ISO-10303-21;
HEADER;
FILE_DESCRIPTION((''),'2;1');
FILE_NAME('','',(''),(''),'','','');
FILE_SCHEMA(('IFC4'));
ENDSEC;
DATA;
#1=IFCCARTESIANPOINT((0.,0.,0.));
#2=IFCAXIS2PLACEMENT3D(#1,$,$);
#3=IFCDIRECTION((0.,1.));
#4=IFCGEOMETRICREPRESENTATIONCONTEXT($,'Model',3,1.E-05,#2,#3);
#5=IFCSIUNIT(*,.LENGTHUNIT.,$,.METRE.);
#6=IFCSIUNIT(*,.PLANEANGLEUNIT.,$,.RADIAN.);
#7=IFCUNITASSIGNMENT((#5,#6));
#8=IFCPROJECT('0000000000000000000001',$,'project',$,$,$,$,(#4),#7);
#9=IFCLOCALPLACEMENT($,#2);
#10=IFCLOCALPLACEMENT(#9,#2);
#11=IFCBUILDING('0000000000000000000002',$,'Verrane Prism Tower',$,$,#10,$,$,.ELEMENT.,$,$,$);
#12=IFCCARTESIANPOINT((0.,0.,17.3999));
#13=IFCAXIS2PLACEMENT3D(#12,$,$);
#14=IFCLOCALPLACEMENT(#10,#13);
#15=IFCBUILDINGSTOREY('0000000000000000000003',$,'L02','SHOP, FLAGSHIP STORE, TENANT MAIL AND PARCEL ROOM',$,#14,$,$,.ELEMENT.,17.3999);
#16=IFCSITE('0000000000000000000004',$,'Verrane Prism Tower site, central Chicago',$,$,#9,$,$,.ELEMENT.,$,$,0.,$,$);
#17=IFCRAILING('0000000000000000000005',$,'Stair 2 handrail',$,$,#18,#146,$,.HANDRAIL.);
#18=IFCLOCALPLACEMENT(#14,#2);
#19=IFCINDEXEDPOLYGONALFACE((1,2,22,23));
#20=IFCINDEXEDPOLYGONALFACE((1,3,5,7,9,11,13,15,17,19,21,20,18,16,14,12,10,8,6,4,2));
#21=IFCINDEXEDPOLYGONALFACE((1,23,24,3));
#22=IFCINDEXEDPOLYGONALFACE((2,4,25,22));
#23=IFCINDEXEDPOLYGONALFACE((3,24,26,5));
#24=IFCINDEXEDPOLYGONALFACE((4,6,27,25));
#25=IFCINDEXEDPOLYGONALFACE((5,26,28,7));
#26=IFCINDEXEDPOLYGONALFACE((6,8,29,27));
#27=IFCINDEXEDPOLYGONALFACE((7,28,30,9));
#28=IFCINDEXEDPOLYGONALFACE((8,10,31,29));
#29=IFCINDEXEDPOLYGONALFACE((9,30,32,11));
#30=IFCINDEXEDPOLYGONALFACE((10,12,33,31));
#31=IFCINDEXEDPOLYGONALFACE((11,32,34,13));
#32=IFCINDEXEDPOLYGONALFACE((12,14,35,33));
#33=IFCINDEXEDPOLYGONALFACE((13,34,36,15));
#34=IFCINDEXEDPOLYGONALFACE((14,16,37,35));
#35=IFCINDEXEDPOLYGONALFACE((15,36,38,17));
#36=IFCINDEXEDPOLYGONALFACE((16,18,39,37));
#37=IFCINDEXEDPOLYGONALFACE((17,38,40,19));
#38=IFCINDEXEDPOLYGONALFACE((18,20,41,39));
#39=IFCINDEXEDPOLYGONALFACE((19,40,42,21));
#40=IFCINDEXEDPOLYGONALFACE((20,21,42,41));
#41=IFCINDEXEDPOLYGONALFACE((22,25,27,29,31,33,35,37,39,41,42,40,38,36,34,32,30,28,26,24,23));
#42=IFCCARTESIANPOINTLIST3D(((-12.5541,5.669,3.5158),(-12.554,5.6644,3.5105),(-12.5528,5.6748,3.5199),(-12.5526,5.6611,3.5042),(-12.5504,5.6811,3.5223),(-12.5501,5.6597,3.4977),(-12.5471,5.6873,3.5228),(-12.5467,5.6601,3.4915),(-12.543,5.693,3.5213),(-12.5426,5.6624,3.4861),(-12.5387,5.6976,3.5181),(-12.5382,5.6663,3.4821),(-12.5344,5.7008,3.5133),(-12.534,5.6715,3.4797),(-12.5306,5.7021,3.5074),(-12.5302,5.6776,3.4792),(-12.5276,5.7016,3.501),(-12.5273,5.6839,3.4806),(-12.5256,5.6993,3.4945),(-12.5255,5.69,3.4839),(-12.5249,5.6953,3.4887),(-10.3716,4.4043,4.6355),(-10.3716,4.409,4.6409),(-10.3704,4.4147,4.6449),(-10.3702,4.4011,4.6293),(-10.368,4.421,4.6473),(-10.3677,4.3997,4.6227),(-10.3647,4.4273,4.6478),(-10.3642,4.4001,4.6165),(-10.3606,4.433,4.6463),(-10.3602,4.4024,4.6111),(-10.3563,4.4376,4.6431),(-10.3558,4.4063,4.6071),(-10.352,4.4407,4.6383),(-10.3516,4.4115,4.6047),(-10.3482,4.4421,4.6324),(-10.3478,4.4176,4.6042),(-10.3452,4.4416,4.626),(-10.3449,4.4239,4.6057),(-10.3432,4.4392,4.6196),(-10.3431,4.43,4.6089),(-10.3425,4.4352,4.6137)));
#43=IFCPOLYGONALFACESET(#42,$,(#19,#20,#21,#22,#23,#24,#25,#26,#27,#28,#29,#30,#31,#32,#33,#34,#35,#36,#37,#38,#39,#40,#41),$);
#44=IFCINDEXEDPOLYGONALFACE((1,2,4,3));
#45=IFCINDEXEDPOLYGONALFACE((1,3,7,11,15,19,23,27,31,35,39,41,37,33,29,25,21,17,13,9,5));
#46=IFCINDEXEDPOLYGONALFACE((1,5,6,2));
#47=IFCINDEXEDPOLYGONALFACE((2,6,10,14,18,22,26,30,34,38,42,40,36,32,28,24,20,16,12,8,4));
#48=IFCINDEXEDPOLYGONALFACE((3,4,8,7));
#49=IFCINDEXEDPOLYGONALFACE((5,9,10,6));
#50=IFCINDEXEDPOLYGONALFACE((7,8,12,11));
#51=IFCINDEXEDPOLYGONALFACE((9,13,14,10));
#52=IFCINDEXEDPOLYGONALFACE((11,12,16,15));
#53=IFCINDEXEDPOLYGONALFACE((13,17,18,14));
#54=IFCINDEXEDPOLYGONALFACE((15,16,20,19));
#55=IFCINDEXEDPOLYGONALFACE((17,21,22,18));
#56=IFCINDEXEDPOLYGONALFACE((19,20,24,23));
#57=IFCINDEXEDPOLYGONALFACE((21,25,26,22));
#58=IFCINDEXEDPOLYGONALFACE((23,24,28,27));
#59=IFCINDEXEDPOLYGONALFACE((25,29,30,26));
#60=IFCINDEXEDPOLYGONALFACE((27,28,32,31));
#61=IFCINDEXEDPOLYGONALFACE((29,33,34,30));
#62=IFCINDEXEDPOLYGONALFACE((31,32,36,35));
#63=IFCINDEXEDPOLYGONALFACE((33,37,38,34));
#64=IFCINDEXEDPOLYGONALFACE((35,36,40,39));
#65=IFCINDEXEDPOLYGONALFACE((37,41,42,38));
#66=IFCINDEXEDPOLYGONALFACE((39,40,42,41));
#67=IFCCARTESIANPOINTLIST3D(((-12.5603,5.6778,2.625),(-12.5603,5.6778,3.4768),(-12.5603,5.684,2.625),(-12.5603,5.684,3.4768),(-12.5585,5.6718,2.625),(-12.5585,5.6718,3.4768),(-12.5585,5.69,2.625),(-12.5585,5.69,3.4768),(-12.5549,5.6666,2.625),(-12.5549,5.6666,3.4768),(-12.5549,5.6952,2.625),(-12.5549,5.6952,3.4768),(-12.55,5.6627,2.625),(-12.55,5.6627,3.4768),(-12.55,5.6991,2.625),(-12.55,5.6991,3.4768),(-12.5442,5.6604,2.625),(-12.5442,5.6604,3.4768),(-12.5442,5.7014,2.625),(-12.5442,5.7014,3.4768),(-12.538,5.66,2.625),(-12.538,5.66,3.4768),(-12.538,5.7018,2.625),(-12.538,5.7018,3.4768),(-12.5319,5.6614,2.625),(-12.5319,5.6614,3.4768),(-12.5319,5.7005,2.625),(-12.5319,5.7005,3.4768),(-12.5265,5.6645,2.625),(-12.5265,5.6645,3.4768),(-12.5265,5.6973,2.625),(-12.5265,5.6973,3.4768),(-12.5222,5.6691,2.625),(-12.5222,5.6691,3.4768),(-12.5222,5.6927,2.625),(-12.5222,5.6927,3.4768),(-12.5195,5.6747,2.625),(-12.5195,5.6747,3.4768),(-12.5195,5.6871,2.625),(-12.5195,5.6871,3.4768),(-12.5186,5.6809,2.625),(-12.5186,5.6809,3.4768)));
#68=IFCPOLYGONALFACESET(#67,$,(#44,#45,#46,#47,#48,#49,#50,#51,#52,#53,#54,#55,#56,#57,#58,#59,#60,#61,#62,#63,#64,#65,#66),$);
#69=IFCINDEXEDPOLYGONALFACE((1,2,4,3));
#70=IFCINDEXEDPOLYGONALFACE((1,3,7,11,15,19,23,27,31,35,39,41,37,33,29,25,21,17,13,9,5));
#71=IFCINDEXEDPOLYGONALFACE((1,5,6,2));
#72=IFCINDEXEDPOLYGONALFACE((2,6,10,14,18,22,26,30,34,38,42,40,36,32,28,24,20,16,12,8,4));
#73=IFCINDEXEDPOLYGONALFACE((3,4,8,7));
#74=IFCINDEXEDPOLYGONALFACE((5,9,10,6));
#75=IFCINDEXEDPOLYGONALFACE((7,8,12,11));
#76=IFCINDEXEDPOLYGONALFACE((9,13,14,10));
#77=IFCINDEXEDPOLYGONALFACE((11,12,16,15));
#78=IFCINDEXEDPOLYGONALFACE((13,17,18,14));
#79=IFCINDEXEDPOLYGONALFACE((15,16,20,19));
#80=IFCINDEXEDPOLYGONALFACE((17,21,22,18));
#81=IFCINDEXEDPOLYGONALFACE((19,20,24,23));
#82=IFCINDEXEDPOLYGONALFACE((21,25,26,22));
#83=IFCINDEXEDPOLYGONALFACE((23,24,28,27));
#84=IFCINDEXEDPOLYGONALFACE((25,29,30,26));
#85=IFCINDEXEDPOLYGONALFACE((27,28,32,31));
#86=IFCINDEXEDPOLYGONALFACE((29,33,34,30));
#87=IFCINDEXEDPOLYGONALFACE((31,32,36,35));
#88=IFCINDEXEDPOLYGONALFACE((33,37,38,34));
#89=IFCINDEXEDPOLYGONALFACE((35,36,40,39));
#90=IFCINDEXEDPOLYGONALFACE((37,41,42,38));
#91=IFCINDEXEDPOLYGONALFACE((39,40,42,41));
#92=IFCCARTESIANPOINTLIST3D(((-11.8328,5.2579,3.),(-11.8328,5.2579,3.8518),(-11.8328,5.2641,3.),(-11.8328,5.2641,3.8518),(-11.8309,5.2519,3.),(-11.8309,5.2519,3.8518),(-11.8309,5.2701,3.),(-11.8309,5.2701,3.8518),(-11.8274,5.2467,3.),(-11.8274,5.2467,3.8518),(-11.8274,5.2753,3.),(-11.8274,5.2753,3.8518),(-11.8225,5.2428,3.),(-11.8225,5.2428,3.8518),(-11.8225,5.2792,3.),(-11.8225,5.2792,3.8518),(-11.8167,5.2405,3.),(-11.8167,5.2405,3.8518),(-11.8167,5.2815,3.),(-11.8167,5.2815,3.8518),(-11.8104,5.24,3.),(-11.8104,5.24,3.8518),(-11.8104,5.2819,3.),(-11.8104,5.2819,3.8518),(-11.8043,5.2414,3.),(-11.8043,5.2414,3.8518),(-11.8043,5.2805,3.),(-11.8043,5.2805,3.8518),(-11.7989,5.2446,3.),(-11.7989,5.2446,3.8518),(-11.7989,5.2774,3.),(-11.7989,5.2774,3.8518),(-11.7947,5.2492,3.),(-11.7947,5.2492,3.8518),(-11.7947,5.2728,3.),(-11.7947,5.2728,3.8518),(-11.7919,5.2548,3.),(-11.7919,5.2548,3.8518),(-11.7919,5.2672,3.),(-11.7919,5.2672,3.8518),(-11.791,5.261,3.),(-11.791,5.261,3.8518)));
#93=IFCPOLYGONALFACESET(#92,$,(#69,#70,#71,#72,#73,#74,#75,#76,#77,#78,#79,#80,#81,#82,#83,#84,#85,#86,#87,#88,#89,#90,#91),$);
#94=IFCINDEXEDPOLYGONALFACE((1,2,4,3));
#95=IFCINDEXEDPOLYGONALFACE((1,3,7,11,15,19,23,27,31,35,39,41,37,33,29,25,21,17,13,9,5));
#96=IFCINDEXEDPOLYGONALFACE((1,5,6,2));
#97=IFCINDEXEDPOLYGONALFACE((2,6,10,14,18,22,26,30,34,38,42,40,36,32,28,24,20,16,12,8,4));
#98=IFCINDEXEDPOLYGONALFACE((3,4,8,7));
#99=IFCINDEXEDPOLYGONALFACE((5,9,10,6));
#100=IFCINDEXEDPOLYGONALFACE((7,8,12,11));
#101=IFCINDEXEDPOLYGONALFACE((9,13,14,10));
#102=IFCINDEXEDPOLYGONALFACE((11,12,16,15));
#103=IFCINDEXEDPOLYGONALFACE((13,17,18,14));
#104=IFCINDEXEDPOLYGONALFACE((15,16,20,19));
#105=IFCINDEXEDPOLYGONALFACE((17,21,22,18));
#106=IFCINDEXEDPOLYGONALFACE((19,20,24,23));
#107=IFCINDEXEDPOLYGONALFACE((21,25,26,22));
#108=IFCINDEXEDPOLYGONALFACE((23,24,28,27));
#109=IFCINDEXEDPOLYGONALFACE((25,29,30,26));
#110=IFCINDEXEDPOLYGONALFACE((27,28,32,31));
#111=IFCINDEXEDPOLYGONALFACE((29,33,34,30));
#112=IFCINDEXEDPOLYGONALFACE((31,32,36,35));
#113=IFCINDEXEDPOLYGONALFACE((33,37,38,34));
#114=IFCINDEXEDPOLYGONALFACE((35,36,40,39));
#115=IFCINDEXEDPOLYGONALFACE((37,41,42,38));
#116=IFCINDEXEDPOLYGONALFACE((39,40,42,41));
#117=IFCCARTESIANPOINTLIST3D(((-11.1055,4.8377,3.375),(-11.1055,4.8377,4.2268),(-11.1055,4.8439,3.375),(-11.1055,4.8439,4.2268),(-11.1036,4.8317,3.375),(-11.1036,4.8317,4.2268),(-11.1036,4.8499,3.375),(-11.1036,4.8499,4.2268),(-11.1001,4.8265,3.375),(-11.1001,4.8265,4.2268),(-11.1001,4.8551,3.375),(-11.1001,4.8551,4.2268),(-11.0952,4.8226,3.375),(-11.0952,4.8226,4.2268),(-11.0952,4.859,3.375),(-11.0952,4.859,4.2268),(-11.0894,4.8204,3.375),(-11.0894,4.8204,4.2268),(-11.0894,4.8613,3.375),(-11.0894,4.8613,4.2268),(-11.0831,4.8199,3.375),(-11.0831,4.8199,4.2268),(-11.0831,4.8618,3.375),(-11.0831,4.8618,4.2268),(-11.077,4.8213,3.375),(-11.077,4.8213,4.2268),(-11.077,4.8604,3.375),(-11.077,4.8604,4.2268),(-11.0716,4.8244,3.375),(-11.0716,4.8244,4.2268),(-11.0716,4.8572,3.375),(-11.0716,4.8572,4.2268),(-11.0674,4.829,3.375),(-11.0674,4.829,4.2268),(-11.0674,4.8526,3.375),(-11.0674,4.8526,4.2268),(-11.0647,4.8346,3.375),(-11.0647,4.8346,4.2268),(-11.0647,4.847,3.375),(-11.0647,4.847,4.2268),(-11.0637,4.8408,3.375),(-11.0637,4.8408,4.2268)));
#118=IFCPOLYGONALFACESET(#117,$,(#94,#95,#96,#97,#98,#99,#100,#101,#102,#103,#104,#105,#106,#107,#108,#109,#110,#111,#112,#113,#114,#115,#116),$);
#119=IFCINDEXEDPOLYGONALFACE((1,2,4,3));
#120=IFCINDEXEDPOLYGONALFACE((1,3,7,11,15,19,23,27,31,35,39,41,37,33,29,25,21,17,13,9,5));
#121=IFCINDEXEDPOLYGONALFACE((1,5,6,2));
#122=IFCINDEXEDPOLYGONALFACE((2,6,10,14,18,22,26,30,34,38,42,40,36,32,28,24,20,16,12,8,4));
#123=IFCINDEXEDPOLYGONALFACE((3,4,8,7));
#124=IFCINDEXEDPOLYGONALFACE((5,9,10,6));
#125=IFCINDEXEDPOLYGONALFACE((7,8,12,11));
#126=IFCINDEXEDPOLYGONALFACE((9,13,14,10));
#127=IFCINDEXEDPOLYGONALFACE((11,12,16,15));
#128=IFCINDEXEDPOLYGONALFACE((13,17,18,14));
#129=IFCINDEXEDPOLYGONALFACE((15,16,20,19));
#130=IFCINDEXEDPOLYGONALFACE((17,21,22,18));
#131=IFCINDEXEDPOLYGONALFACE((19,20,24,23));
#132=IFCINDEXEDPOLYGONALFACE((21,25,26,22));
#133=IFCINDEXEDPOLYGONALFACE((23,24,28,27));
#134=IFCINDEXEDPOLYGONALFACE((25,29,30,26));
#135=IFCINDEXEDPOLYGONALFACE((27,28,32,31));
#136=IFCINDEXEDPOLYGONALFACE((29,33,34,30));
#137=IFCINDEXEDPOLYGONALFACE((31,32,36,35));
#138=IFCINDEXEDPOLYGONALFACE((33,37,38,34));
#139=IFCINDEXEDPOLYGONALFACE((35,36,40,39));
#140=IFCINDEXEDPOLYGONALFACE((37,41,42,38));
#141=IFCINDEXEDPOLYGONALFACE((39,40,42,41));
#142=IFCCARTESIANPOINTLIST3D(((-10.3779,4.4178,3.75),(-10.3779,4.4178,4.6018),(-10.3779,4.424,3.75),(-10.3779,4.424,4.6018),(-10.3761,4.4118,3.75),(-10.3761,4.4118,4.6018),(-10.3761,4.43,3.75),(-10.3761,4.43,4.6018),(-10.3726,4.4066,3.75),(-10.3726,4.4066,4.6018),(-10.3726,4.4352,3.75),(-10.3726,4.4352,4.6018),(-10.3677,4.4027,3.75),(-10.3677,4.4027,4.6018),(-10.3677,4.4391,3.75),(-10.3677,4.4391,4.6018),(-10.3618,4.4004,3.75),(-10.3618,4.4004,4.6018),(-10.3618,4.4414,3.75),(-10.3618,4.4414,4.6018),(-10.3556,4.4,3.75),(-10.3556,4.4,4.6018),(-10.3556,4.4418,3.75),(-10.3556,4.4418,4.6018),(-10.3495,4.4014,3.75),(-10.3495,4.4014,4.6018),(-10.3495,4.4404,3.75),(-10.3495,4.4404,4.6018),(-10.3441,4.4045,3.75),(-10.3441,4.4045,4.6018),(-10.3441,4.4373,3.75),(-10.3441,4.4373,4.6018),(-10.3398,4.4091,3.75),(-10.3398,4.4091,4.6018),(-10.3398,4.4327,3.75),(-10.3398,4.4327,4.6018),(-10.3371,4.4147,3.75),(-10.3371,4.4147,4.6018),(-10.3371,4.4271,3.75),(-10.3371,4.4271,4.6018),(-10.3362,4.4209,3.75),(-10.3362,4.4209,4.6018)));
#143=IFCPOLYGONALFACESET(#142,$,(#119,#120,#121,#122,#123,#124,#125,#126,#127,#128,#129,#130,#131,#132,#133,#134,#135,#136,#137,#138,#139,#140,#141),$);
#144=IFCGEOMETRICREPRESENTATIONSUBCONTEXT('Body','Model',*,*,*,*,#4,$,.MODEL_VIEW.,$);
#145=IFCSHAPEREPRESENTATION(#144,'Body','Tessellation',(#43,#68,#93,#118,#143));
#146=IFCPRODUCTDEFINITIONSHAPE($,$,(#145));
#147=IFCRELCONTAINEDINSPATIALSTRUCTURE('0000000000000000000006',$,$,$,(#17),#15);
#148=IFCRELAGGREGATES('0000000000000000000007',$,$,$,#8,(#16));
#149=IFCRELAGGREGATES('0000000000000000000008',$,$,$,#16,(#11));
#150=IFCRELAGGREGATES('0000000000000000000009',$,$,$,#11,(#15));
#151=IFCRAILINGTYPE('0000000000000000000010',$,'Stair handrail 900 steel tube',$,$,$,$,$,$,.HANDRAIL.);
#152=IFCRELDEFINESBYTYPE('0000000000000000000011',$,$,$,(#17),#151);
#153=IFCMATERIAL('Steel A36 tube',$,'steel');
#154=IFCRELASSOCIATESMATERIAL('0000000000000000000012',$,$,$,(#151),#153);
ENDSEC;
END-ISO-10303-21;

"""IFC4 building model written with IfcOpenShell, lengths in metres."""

from ifc_helpers import new_model, si_unit, direction, frame, origin, origin_2d, place, context, subcontext, project, spatial, circle, extrude, material, type_object, element, save


model = new_model("IFC4")

# Units and contexts
model_context = context("Model", 3, precision=1e-05, world=origin(), true_north=direction((0.0, 1.0)))
body_context = subcontext(model_context, "Body", "Model", "MODEL_VIEW")
ifc_project = project(units=[si_unit("LENGTHUNIT", "METRE"), si_unit("PLANEANGLEUNIT", "RADIAN")], contexts=[model_context])

# Site, building, storey
site_placement = place(None, origin())
site = spatial("IfcSite", under=ifc_project, at=site_placement, Name="Verrane Prism Tower site, central Chicago", CompositionType="ELEMENT", RefElevation=0.0)
building_placement = place(site_placement, origin())
building = spatial("IfcBuilding", under=site, at=building_placement, Name="Verrane Prism Tower", CompositionType="ELEMENT")
storey_placement = place(building_placement, frame((0.0, 0.0, 17.3999)))
storey = spatial("IfcBuildingStorey", under=building, at=storey_placement, Name="L02", Description="SHOP, FLAGSHIP STORE, TENANT MAIL AND PARCEL ROOM", CompositionType="ELEMENT", Elevation=17.3999)

# Railing
ifc_material_1 = material(Name="Steel A36 tube", Category="steel")
railing_type_1 = type_object("IfcRailingType", Name="Stair handrail 900 steel tube", PredefinedType="HANDRAIL", material=ifc_material_1)
railing_1_placement = place(storey_placement, frame((-12.5396, 5.6809, 2.625)))
element("IfcRailing", 1, at=railing_1_placement, inside=storey, type_object=railing_type_1, Name="Stair 2 handrail", PredefinedType="HANDRAIL", context=body_context, shape_type="SweptSolid", body=[
    extrude(circle(Radius=0.0239, at=origin_2d()), frame((0.0, 0.0, 0.876), z_axis=(0.790798, -0.456573, 0.407651), x_axis=(0.500005, 0.866023, 0.0)), (0.0, 0.0, 1.0), 2.7598),
    extrude(circle(Radius=0.021, at=origin_2d()), origin(), (0.0, 0.0, 1.0), 0.8518),
    extrude(circle(Radius=0.021, at=origin_2d()), frame((0.7275, -0.4199, 0.375)), (0.0, 0.0, 1.0), 0.8518),
    extrude(circle(Radius=0.021, at=origin_2d()), frame((1.4548, -0.8401, 0.75)), (0.0, 0.0, 1.0), 0.8518),
    extrude(circle(Radius=0.021, at=origin_2d()), frame((2.1824, -1.26, 1.125)), (0.0, 0.0, 1.0), 0.8518),
])

save(model, "model.ifc")
